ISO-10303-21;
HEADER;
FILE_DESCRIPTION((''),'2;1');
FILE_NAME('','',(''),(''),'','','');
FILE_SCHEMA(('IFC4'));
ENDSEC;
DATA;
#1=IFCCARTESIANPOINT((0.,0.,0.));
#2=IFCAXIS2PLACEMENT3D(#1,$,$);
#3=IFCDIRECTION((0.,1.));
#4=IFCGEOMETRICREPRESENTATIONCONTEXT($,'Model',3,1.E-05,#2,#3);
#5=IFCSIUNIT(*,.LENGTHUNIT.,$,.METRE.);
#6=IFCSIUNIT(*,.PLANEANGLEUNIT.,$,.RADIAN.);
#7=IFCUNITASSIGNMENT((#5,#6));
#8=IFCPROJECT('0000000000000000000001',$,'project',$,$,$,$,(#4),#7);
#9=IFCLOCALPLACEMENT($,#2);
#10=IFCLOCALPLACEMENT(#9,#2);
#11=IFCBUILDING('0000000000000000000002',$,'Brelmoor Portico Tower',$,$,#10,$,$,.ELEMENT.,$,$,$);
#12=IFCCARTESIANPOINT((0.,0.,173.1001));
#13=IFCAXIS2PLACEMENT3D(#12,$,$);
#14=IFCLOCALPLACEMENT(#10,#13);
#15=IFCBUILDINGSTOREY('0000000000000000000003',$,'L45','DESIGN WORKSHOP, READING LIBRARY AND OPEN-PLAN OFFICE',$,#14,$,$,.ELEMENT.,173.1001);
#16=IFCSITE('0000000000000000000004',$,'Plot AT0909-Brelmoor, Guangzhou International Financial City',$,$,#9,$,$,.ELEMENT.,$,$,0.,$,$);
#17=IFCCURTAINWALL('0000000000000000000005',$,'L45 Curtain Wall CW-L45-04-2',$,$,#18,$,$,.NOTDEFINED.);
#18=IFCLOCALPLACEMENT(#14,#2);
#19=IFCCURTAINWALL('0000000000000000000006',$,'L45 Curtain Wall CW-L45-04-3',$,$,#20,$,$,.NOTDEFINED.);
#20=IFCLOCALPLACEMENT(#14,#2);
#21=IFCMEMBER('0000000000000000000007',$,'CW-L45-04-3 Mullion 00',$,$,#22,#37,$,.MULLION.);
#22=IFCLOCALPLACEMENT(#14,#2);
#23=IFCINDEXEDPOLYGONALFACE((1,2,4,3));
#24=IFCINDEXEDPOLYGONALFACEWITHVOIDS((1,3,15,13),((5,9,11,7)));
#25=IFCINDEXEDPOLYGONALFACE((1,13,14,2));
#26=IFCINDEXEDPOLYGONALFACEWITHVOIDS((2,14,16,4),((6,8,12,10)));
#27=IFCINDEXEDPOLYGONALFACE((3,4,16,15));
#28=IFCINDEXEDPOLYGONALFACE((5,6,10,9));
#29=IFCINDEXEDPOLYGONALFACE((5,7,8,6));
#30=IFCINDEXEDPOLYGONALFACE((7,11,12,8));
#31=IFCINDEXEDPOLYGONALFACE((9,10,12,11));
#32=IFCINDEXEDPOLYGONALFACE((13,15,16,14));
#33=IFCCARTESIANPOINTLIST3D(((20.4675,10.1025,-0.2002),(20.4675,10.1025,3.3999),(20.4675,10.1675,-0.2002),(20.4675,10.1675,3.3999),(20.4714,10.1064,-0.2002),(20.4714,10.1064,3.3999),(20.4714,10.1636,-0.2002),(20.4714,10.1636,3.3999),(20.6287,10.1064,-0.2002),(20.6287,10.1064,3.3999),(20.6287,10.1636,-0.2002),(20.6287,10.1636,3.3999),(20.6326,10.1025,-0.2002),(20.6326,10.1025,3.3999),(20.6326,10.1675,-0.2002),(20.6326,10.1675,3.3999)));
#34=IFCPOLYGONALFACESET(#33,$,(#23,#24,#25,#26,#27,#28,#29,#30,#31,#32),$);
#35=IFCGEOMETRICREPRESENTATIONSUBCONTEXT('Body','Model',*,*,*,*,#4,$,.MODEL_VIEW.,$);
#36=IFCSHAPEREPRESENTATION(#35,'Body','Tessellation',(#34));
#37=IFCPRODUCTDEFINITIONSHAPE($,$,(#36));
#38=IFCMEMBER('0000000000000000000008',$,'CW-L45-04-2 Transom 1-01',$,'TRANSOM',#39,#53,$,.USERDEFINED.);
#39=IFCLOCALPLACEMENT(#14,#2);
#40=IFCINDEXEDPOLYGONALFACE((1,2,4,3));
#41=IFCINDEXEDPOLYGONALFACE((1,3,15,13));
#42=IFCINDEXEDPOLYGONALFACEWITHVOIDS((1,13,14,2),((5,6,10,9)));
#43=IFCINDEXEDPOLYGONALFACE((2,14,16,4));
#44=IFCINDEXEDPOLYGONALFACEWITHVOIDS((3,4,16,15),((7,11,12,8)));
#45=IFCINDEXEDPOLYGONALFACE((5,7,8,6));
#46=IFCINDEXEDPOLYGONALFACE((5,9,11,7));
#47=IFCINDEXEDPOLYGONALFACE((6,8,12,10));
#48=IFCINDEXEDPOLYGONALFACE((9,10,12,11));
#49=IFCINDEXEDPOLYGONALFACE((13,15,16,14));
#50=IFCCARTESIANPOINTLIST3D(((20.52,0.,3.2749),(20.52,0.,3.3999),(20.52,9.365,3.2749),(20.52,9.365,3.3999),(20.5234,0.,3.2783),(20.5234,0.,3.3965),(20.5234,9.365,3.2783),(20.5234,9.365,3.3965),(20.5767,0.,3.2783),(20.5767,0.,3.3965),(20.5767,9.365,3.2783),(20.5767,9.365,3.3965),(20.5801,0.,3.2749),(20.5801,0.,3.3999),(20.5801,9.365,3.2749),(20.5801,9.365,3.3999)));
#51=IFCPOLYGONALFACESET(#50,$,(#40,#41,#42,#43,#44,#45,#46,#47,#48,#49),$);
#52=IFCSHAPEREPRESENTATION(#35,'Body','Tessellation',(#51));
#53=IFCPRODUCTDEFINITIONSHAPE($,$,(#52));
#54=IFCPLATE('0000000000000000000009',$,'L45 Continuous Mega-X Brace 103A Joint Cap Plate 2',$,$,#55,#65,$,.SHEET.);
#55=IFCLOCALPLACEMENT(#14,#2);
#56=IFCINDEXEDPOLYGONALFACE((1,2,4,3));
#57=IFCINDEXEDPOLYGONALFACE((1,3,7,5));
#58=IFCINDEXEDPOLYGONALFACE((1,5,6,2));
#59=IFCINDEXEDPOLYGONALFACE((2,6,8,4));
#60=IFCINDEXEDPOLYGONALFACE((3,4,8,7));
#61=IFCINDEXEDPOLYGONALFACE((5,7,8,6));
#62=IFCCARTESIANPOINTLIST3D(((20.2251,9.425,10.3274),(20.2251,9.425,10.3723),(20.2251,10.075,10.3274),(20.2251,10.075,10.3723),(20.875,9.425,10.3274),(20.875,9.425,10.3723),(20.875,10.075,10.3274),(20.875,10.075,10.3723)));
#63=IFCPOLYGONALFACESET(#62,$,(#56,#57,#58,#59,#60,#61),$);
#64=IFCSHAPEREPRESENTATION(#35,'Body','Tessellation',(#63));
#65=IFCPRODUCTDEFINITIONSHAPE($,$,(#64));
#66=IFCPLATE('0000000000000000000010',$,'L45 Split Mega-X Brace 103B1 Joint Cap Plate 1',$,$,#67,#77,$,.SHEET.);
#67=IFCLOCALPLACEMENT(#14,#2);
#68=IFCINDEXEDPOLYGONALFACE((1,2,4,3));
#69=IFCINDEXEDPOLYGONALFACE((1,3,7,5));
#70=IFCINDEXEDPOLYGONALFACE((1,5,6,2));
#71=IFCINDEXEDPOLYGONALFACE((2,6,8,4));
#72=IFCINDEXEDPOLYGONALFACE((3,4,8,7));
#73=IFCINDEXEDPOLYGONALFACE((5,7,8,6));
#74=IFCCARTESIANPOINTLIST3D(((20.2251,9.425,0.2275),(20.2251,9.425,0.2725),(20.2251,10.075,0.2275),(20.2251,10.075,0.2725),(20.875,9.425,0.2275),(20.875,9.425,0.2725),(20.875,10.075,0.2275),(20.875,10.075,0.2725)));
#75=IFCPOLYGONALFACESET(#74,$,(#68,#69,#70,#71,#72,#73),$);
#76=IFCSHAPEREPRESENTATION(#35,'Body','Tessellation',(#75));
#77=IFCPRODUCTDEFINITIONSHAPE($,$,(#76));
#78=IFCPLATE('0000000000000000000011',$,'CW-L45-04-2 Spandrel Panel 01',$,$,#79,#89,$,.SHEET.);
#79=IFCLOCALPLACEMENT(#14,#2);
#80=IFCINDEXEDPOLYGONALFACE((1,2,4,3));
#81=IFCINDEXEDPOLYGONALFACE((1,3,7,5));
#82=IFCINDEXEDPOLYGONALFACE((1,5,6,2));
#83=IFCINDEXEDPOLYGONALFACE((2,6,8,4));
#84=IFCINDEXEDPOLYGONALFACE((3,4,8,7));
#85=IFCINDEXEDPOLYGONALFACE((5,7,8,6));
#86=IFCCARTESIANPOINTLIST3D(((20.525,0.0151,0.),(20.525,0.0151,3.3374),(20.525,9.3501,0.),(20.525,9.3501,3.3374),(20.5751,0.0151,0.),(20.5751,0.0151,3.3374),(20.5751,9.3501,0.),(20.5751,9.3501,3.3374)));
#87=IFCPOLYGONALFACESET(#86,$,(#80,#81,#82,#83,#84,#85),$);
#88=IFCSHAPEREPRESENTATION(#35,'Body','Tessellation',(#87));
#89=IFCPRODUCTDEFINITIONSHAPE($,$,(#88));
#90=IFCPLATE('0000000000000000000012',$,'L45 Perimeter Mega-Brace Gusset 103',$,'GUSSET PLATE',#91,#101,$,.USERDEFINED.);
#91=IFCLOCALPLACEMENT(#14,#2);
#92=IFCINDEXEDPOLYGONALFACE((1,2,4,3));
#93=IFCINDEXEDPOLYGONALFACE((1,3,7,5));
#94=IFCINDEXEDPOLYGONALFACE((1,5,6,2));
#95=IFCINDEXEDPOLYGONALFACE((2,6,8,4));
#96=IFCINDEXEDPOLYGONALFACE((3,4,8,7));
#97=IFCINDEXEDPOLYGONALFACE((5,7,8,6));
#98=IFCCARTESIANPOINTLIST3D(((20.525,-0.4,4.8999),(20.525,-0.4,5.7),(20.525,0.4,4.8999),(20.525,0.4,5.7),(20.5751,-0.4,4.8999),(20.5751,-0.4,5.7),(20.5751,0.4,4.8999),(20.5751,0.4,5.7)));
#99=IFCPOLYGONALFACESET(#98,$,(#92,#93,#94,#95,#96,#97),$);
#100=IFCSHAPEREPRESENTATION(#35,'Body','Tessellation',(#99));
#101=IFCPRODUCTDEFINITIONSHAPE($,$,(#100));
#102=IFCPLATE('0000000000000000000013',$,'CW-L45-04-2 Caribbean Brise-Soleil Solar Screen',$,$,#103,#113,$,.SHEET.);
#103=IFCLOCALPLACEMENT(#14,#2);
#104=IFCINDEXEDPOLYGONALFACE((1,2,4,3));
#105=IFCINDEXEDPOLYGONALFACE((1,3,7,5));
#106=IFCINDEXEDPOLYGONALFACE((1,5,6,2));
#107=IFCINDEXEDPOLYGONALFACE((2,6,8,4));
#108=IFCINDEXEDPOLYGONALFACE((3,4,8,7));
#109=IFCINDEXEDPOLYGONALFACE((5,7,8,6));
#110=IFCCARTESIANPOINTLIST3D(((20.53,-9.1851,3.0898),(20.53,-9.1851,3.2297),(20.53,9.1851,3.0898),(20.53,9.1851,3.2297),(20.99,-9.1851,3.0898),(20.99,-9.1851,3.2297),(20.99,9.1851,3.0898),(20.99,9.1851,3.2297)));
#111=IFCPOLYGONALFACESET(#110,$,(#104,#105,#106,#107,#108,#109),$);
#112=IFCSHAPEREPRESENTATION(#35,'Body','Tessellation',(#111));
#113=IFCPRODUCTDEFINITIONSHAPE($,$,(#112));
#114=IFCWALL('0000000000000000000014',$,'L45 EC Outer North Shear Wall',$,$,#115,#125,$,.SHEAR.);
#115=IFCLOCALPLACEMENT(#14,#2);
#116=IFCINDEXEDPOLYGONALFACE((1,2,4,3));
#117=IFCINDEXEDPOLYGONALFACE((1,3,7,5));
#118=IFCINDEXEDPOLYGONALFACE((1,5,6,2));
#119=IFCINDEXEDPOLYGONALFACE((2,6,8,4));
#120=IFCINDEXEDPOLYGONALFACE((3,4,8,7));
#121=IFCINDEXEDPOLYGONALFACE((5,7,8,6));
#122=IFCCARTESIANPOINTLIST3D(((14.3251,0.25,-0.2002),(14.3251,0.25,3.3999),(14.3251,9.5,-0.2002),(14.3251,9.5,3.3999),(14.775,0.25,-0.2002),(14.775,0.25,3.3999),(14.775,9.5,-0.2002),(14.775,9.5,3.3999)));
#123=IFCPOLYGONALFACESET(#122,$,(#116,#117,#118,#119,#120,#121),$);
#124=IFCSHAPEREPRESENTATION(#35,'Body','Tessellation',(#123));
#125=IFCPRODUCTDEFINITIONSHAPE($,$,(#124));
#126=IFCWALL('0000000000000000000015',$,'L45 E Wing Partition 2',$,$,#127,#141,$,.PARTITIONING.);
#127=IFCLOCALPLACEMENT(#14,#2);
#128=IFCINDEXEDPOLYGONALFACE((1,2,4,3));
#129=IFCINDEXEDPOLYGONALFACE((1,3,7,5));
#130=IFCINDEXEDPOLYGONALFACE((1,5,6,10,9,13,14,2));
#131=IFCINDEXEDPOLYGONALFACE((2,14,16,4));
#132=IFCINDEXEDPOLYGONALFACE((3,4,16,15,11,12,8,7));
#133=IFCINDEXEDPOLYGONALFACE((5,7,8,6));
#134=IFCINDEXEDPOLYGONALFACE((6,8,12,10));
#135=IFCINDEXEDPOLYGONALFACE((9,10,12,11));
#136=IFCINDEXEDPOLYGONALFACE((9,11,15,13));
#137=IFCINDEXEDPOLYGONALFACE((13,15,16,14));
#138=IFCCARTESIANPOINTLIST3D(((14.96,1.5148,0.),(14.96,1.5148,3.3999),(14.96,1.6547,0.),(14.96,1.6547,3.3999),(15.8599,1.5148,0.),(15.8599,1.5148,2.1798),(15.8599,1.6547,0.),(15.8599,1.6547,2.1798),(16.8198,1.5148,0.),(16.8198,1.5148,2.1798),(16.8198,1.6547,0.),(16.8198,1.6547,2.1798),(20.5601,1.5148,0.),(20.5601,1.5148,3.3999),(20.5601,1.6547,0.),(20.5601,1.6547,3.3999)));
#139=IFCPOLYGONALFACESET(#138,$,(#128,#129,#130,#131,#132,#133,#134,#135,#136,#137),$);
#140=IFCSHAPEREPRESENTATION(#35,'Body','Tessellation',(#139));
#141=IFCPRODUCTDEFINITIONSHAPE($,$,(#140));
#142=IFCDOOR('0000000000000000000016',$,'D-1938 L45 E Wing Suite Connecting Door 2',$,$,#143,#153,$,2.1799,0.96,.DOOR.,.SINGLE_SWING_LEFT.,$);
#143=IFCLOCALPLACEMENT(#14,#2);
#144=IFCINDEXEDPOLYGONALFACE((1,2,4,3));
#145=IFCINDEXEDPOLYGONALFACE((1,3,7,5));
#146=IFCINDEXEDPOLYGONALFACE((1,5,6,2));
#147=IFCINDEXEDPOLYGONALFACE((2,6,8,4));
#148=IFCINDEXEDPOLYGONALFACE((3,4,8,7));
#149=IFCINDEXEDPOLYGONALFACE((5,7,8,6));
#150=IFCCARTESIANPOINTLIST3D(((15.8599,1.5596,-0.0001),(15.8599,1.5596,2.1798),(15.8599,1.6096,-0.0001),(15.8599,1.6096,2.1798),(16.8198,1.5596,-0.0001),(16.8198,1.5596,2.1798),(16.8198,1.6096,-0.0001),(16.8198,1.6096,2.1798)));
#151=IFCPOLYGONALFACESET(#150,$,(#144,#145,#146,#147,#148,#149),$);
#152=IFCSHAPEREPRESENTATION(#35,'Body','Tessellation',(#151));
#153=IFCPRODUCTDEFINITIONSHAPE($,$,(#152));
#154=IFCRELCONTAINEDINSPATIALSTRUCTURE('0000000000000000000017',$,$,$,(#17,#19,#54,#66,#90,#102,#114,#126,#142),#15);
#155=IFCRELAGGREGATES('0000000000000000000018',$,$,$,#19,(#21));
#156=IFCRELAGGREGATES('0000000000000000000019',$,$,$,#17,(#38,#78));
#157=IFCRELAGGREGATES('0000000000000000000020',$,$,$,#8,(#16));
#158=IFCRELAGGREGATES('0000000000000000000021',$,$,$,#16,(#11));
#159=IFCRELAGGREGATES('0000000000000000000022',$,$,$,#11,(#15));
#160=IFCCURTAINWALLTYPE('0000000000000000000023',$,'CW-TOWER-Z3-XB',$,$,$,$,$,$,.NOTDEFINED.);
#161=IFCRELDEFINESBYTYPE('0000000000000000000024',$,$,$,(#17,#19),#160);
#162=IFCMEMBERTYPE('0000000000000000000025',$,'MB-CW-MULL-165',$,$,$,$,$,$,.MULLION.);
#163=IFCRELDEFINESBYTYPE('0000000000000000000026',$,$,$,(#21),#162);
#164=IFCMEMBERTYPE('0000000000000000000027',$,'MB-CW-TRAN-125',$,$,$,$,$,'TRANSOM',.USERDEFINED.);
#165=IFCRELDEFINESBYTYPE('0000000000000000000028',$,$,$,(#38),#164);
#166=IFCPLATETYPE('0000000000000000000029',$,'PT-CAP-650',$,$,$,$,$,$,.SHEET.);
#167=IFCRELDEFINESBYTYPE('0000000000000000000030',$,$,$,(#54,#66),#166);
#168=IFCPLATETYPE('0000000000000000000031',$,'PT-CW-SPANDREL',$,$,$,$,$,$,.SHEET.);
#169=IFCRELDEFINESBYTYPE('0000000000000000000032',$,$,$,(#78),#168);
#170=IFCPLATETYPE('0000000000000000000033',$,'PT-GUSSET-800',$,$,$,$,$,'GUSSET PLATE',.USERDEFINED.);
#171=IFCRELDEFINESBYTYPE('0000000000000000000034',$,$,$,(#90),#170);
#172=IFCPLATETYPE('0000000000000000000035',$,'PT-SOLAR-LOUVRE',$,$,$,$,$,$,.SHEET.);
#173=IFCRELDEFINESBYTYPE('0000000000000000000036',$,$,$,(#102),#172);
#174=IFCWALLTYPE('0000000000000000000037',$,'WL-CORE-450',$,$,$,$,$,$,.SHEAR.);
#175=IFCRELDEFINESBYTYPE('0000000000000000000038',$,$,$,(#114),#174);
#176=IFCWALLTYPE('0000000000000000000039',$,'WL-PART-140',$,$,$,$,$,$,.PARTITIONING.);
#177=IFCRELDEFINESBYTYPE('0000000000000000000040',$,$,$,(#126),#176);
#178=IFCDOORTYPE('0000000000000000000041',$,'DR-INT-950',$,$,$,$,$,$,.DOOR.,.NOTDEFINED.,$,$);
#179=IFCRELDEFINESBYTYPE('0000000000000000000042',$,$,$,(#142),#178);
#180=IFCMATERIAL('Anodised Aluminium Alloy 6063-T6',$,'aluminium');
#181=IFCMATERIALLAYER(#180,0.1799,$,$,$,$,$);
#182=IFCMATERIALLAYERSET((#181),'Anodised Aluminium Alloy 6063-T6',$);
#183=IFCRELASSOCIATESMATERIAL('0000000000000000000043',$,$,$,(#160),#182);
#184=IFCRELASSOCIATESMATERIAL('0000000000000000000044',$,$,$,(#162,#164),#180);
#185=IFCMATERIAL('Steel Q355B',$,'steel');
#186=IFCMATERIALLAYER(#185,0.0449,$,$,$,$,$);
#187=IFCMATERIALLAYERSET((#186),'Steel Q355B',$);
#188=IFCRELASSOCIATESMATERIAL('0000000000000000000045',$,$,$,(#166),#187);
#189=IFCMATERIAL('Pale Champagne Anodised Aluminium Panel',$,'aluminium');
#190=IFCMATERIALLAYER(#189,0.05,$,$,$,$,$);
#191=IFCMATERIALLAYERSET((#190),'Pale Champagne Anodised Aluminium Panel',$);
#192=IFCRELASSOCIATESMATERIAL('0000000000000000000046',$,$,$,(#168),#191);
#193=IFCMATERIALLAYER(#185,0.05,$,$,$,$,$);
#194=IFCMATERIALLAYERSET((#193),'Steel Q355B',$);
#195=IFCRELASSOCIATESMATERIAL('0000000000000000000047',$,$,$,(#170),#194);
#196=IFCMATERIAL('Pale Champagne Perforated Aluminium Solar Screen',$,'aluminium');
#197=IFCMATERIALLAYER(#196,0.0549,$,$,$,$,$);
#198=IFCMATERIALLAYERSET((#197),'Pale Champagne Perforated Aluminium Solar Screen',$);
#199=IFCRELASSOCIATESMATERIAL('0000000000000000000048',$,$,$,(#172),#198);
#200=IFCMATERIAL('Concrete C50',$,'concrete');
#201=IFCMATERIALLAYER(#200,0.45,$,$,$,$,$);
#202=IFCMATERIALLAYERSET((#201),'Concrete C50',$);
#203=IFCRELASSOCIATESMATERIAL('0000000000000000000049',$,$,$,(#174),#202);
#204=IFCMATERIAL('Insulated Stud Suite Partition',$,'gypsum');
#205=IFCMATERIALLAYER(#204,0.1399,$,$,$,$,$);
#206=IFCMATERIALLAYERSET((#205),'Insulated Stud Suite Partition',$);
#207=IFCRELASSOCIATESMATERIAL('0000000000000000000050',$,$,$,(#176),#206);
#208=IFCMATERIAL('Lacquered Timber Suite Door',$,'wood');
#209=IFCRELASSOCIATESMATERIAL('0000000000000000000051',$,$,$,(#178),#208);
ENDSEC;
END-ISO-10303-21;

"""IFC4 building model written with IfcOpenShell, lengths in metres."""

from ifc_helpers import new_model, si_unit, direction, frame, frame_2d, origin, origin_2d, place, context, subcontext, project, spatial, rectangle, hollow_rectangle, extrude, material, layer, layer_set, material_profile, profile_set, type_object, element, fill, aggregate, save


model = new_model("IFC4")

# Units and contexts
model_context = context("Model", 3, precision=1e-05, world=origin(), true_north=direction((0.0, 1.0)))
body_context = subcontext(model_context, "Body", "Model", "MODEL_VIEW")
ifc_project = project(units=[si_unit("LENGTHUNIT", "METRE"), si_unit("PLANEANGLEUNIT", "RADIAN")], contexts=[model_context])

# Site, building, storey
site_placement = place(None, origin())
site = spatial("IfcSite", under=ifc_project, at=site_placement, Name="Plot AT0909-Brelmoor, Guangzhou International Financial City", CompositionType="ELEMENT", RefElevation=0.0)
building_placement = place(site_placement, origin())
building = spatial("IfcBuilding", under=site, at=building_placement, Name="Brelmoor Portico Tower", CompositionType="ELEMENT")
storey_placement = place(building_placement, frame((0.0, 0.0, 173.1001)))
storey = spatial("IfcBuildingStorey", under=building, at=storey_placement, Name="L45", Description="DESIGN WORKSHOP, READING LIBRARY AND OPEN-PLAN OFFICE", CompositionType="ELEMENT", Elevation=173.1001)

# Shared definitions
ifc_material_1 = material(Name="Steel Q355B", Category="steel")

# Curtain wall
ifc_material_2 = material(Name="Anodised Aluminium Alloy 6063-T6", Category="aluminium")
ifc_layer_1 = layer(ifc_material_2, 0.1799)
ifc_layer_set_1 = layer_set([ifc_layer_1], Name="Anodised Aluminium Alloy 6063-T6")
curtain_wall_type = type_object("IfcCurtainWallType", Name="CW-TOWER-Z3-XB", PredefinedType="NOTDEFINED", material=ifc_layer_set_1)
curtain_wall_1_placement = place(storey_placement, origin())
curtain_wall_1 = element("IfcCurtainWall", 1, at=curtain_wall_1_placement, inside=storey, type_object=curtain_wall_type, Name="L45 Curtain Wall CW-L45-04-2", PredefinedType="NOTDEFINED")
ifc_material_profile_1 = material_profile(ifc_material_2, hollow_rectangle(XDim=0.0649, YDim=0.165, WallThickness=0.0039, at=origin_2d()), Name="ALU MULLION 65x165")
ifc_profile_set_1 = profile_set([ifc_material_profile_1], Name="Anodised Aluminium Alloy 6063-T6")
member_type_1 = type_object("IfcMemberType", Name="MB-CW-MULL-165", PredefinedType="MULLION", material=ifc_profile_set_1)

# Curtain wall, member
curtain_wall_2_placement = place(storey_placement, origin())
curtain_wall_2 = element("IfcCurtainWall", 2, at=curtain_wall_2_placement, inside=storey, type_object=curtain_wall_type, Name="L45 Curtain Wall CW-L45-04-3", PredefinedType="NOTDEFINED")
member_1_placement = place(storey_placement, frame((20.55, 10.135, -0.2002), z_axis=(0.0, 0.0, 1.0), x_axis=(0.0, 1.0, 0.0)))
member_1 = element("IfcMember", 3, at=member_1_placement, type_object=member_type_1, Name="CW-L45-04-3 Mullion 00", PredefinedType="MULLION", context=body_context, shape_type="SweptSolid", body=[
    extrude(hollow_rectangle(XDim=0.0649, YDim=0.165, WallThickness=0.0039, at=origin_2d()), origin(), (0.0, 0.0, 1.0), 3.6001),
])
aggregate(curtain_wall_2, [member_1])

# Member
ifc_material_profile_2 = material_profile(ifc_material_2, hollow_rectangle(XDim=0.0601, YDim=0.125, WallThickness=0.0034, at=origin_2d()), Name="ALU TRANSOM 60x125")
ifc_profile_set_2 = profile_set([ifc_material_profile_2], Name="Anodised Aluminium Alloy 6063-T6")
member_type_2 = type_object("IfcMemberType", Name="MB-CW-TRAN-125", ElementType="TRANSOM", PredefinedType="USERDEFINED", material=ifc_profile_set_2)
member_2_placement = place(storey_placement, frame((20.55, 0.0, 3.3374), z_axis=(0.0, 1.0, 0.0), x_axis=(-1.0, 0.0, 0.0)))
member_2 = element("IfcMember", 4, at=member_2_placement, type_object=member_type_2, Name="CW-L45-04-2 Transom 1-01", ObjectType="TRANSOM", PredefinedType="USERDEFINED", context=body_context, shape_type="SweptSolid", body=[
    extrude(hollow_rectangle(XDim=0.0601, YDim=0.125, WallThickness=0.0034, at=origin_2d()), origin(), (0.0, 0.0, 1.0), 9.365),
])

# Plates
ifc_layer_2 = layer(ifc_material_1, 0.0449)
ifc_layer_set_2 = layer_set([ifc_layer_2], Name="Steel Q355B")
plate_type_1 = type_object("IfcPlateType", Name="PT-CAP-650", PredefinedType="SHEET", material=ifc_layer_set_2)
for number, where, z_axis, x_axis, name in (
    (5, (20.55, 9.75, 10.3274), (0.0, 0.0, 1.0), (1.0, 0.0, 0.0), "L45 Continuous Mega-X Brace 103A Joint Cap Plate 2"),
    (6, (20.55, 9.75, 0.2275), (0.0, 0.0, 1.0), (1.0, 0.0, 0.0), "L45 Split Mega-X Brace 103B1 Joint Cap Plate 1"),
):
    element("IfcPlate", number, at=place(storey_placement, frame(where, z_axis=z_axis, x_axis=x_axis)), inside=storey, type_object=plate_type_1, Name=name, PredefinedType="SHEET", context=body_context, shape_type="SweptSolid", body=[
        extrude(rectangle(XDim=0.6499, YDim=0.6499, at=origin_2d()), origin(), (0.0, 0.0, 1.0), 0.0449),
    ])

# Plate
ifc_material_3 = material(Name="Pale Champagne Anodised Aluminium Panel", Category="aluminium")
ifc_layer_3 = layer(ifc_material_3, 0.05)
ifc_layer_set_3 = layer_set([ifc_layer_3], Name="Pale Champagne Anodised Aluminium Panel")
plate_type_2 = type_object("IfcPlateType", Name="PT-CW-SPANDREL", PredefinedType="SHEET", material=ifc_layer_set_3)
plate_1_placement = place(storey_placement, frame((20.55, 4.6826, 0.0), z_axis=(0.0, 0.0, 1.0), x_axis=(0.0, 1.0, 0.0)))
plate_1 = element("IfcPlate", 7, at=plate_1_placement, type_object=plate_type_2, Name="CW-L45-04-2 Spandrel Panel 01", PredefinedType="SHEET", context=body_context, shape_type="SweptSolid", body=[
    extrude(rectangle(XDim=9.335, YDim=0.05, at=origin_2d()), origin(), (0.0, 0.0, 1.0), 3.3374),
])
aggregate(curtain_wall_1, [member_2, plate_1])

# Plates
ifc_layer_4 = layer(ifc_material_1, 0.05)
ifc_layer_set_4 = layer_set([ifc_layer_4], Name="Steel Q355B")
plate_type_3 = type_object("IfcPlateType", Name="PT-GUSSET-800", ElementType="GUSSET PLATE", PredefinedType="USERDEFINED", material=ifc_layer_set_4)
plate_2_placement = place(storey_placement, frame((20.55, 0.0, 4.8999), z_axis=(0.0, 0.0, 1.0), x_axis=(1.0, 0.0, 0.0)))
element("IfcPlate", 8, at=plate_2_placement, inside=storey, type_object=plate_type_3, Name="L45 Perimeter Mega-Brace Gusset 103", ObjectType="GUSSET PLATE", PredefinedType="USERDEFINED", context=body_context, shape_type="SweptSolid", body=[
    extrude(rectangle(XDim=0.05, YDim=0.8, at=origin_2d()), origin(), (0.0, 0.0, 1.0), 0.8),
])
ifc_material_4 = material(Name="Pale Champagne Perforated Aluminium Solar Screen", Category="aluminium")
ifc_layer_5 = layer(ifc_material_4, 0.0549)
ifc_layer_set_5 = layer_set([ifc_layer_5], Name="Pale Champagne Perforated Aluminium Solar Screen")
plate_type_4 = type_object("IfcPlateType", Name="PT-SOLAR-LOUVRE", PredefinedType="SHEET", material=ifc_layer_set_5)
plate_3_placement = place(storey_placement, frame((20.76, 0.0, 3.0898), z_axis=(0.0, 0.0, 1.0), x_axis=(0.0, 1.0, 0.0)))
element("IfcPlate", 9, at=plate_3_placement, inside=storey, type_object=plate_type_4, Name="CW-L45-04-2 Caribbean Brise-Soleil Solar Screen", PredefinedType="SHEET", context=body_context, shape_type="SweptSolid", body=[
    extrude(rectangle(XDim=18.3701, YDim=0.46, at=origin_2d()), origin(), (0.0, 0.0, 1.0), 0.1399),
])

# Wall
ifc_material_5 = material(Name="Concrete C50", Category="concrete")
ifc_layer_6 = layer(ifc_material_5, 0.45)
ifc_layer_set_6 = layer_set([ifc_layer_6], Name="Concrete C50")
wall_type_1 = type_object("IfcWallType", Name="WL-CORE-450", PredefinedType="SHEAR", material=ifc_layer_set_6)
wall_1_placement = place(storey_placement, frame((14.55, 0.25, -0.2002), z_axis=(0.0, 0.0, 1.0), x_axis=(0.0, 1.0, 0.0)))
element("IfcWall", 10, at=wall_1_placement, inside=storey, type_object=wall_type_1, Name="L45 EC Outer North Shear Wall", PredefinedType="SHEAR", context=body_context, shape_type="SweptSolid", body=[
    extrude(rectangle(XDim=9.25, YDim=0.45, at=frame_2d((4.625, 0.0))), origin(), (0.0, 0.0, 1.0), 3.6001),
])

# Wall, opening, door
ifc_material_6 = material(Name="Insulated Stud Suite Partition", Category="gypsum")
ifc_layer_7 = layer(ifc_material_6, 0.1399)
ifc_layer_set_7 = layer_set([ifc_layer_7], Name="Insulated Stud Suite Partition")
wall_type_2 = type_object("IfcWallType", Name="WL-PART-140", PredefinedType="PARTITIONING", material=ifc_layer_set_7)
wall_2_placement = place(storey_placement, frame((14.96, 1.5847, 0.0), z_axis=(0.0, 0.0, 1.0), x_axis=(1.0, 0.0, 0.0)))
wall_2 = element("IfcWall", 11, at=wall_2_placement, inside=storey, type_object=wall_type_2, Name="L45 E Wing Partition 2", PredefinedType="PARTITIONING", context=body_context, shape_type="SweptSolid", body=[
    extrude(rectangle(XDim=5.6001, YDim=0.1399, at=frame_2d((2.8, 0.0))), origin(), (0.0, 0.0, 1.0), 3.3999),
])
opening_placement = place(wall_2_placement, frame((0.8999, 0.0, 0.0)))
opening = element("IfcOpeningElement", 12, at=opening_placement, cuts=wall_2, PredefinedType="OPENING", context=body_context, shape_type="SweptSolid", body=[
    extrude(rectangle(XDim=0.96, YDim=2.1799, at=frame_2d((0.48, 1.0898))), frame((0.0, 0.0798, 0.0), z_axis=(0.0, -1.0, 0.0), x_axis=(1.0, 0.0, 0.0)), (0.0, 0.0, 1.0), 0.1599),
])
ifc_material_7 = material(Name="Lacquered Timber Suite Door", Category="wood")
door_type = type_object("IfcDoorType", Name="DR-INT-950", OperationType="NOTDEFINED", PredefinedType="DOOR", material=ifc_material_7)
door_placement = place(opening_placement, origin())
door = element("IfcDoor", 13, at=door_placement, inside=storey, type_object=door_type, Name="D-1938 L45 E Wing Suite Connecting Door 2", OperationType="SINGLE_SWING_LEFT", OverallHeight=2.1799, OverallWidth=0.96, PredefinedType="DOOR", context=body_context, shape_type="SweptSolid", body=[
    extrude(rectangle(XDim=0.96, YDim=2.1799, at=frame_2d((0.48, 1.0898))), frame((0.0, 0.0249, 0.0), z_axis=(0.0, -1.0, 0.0), x_axis=(1.0, 0.0, 0.0)), (0.0, 0.0, 1.0), 0.05),
])
fill(opening, door)

save(model, "model.ifc")
